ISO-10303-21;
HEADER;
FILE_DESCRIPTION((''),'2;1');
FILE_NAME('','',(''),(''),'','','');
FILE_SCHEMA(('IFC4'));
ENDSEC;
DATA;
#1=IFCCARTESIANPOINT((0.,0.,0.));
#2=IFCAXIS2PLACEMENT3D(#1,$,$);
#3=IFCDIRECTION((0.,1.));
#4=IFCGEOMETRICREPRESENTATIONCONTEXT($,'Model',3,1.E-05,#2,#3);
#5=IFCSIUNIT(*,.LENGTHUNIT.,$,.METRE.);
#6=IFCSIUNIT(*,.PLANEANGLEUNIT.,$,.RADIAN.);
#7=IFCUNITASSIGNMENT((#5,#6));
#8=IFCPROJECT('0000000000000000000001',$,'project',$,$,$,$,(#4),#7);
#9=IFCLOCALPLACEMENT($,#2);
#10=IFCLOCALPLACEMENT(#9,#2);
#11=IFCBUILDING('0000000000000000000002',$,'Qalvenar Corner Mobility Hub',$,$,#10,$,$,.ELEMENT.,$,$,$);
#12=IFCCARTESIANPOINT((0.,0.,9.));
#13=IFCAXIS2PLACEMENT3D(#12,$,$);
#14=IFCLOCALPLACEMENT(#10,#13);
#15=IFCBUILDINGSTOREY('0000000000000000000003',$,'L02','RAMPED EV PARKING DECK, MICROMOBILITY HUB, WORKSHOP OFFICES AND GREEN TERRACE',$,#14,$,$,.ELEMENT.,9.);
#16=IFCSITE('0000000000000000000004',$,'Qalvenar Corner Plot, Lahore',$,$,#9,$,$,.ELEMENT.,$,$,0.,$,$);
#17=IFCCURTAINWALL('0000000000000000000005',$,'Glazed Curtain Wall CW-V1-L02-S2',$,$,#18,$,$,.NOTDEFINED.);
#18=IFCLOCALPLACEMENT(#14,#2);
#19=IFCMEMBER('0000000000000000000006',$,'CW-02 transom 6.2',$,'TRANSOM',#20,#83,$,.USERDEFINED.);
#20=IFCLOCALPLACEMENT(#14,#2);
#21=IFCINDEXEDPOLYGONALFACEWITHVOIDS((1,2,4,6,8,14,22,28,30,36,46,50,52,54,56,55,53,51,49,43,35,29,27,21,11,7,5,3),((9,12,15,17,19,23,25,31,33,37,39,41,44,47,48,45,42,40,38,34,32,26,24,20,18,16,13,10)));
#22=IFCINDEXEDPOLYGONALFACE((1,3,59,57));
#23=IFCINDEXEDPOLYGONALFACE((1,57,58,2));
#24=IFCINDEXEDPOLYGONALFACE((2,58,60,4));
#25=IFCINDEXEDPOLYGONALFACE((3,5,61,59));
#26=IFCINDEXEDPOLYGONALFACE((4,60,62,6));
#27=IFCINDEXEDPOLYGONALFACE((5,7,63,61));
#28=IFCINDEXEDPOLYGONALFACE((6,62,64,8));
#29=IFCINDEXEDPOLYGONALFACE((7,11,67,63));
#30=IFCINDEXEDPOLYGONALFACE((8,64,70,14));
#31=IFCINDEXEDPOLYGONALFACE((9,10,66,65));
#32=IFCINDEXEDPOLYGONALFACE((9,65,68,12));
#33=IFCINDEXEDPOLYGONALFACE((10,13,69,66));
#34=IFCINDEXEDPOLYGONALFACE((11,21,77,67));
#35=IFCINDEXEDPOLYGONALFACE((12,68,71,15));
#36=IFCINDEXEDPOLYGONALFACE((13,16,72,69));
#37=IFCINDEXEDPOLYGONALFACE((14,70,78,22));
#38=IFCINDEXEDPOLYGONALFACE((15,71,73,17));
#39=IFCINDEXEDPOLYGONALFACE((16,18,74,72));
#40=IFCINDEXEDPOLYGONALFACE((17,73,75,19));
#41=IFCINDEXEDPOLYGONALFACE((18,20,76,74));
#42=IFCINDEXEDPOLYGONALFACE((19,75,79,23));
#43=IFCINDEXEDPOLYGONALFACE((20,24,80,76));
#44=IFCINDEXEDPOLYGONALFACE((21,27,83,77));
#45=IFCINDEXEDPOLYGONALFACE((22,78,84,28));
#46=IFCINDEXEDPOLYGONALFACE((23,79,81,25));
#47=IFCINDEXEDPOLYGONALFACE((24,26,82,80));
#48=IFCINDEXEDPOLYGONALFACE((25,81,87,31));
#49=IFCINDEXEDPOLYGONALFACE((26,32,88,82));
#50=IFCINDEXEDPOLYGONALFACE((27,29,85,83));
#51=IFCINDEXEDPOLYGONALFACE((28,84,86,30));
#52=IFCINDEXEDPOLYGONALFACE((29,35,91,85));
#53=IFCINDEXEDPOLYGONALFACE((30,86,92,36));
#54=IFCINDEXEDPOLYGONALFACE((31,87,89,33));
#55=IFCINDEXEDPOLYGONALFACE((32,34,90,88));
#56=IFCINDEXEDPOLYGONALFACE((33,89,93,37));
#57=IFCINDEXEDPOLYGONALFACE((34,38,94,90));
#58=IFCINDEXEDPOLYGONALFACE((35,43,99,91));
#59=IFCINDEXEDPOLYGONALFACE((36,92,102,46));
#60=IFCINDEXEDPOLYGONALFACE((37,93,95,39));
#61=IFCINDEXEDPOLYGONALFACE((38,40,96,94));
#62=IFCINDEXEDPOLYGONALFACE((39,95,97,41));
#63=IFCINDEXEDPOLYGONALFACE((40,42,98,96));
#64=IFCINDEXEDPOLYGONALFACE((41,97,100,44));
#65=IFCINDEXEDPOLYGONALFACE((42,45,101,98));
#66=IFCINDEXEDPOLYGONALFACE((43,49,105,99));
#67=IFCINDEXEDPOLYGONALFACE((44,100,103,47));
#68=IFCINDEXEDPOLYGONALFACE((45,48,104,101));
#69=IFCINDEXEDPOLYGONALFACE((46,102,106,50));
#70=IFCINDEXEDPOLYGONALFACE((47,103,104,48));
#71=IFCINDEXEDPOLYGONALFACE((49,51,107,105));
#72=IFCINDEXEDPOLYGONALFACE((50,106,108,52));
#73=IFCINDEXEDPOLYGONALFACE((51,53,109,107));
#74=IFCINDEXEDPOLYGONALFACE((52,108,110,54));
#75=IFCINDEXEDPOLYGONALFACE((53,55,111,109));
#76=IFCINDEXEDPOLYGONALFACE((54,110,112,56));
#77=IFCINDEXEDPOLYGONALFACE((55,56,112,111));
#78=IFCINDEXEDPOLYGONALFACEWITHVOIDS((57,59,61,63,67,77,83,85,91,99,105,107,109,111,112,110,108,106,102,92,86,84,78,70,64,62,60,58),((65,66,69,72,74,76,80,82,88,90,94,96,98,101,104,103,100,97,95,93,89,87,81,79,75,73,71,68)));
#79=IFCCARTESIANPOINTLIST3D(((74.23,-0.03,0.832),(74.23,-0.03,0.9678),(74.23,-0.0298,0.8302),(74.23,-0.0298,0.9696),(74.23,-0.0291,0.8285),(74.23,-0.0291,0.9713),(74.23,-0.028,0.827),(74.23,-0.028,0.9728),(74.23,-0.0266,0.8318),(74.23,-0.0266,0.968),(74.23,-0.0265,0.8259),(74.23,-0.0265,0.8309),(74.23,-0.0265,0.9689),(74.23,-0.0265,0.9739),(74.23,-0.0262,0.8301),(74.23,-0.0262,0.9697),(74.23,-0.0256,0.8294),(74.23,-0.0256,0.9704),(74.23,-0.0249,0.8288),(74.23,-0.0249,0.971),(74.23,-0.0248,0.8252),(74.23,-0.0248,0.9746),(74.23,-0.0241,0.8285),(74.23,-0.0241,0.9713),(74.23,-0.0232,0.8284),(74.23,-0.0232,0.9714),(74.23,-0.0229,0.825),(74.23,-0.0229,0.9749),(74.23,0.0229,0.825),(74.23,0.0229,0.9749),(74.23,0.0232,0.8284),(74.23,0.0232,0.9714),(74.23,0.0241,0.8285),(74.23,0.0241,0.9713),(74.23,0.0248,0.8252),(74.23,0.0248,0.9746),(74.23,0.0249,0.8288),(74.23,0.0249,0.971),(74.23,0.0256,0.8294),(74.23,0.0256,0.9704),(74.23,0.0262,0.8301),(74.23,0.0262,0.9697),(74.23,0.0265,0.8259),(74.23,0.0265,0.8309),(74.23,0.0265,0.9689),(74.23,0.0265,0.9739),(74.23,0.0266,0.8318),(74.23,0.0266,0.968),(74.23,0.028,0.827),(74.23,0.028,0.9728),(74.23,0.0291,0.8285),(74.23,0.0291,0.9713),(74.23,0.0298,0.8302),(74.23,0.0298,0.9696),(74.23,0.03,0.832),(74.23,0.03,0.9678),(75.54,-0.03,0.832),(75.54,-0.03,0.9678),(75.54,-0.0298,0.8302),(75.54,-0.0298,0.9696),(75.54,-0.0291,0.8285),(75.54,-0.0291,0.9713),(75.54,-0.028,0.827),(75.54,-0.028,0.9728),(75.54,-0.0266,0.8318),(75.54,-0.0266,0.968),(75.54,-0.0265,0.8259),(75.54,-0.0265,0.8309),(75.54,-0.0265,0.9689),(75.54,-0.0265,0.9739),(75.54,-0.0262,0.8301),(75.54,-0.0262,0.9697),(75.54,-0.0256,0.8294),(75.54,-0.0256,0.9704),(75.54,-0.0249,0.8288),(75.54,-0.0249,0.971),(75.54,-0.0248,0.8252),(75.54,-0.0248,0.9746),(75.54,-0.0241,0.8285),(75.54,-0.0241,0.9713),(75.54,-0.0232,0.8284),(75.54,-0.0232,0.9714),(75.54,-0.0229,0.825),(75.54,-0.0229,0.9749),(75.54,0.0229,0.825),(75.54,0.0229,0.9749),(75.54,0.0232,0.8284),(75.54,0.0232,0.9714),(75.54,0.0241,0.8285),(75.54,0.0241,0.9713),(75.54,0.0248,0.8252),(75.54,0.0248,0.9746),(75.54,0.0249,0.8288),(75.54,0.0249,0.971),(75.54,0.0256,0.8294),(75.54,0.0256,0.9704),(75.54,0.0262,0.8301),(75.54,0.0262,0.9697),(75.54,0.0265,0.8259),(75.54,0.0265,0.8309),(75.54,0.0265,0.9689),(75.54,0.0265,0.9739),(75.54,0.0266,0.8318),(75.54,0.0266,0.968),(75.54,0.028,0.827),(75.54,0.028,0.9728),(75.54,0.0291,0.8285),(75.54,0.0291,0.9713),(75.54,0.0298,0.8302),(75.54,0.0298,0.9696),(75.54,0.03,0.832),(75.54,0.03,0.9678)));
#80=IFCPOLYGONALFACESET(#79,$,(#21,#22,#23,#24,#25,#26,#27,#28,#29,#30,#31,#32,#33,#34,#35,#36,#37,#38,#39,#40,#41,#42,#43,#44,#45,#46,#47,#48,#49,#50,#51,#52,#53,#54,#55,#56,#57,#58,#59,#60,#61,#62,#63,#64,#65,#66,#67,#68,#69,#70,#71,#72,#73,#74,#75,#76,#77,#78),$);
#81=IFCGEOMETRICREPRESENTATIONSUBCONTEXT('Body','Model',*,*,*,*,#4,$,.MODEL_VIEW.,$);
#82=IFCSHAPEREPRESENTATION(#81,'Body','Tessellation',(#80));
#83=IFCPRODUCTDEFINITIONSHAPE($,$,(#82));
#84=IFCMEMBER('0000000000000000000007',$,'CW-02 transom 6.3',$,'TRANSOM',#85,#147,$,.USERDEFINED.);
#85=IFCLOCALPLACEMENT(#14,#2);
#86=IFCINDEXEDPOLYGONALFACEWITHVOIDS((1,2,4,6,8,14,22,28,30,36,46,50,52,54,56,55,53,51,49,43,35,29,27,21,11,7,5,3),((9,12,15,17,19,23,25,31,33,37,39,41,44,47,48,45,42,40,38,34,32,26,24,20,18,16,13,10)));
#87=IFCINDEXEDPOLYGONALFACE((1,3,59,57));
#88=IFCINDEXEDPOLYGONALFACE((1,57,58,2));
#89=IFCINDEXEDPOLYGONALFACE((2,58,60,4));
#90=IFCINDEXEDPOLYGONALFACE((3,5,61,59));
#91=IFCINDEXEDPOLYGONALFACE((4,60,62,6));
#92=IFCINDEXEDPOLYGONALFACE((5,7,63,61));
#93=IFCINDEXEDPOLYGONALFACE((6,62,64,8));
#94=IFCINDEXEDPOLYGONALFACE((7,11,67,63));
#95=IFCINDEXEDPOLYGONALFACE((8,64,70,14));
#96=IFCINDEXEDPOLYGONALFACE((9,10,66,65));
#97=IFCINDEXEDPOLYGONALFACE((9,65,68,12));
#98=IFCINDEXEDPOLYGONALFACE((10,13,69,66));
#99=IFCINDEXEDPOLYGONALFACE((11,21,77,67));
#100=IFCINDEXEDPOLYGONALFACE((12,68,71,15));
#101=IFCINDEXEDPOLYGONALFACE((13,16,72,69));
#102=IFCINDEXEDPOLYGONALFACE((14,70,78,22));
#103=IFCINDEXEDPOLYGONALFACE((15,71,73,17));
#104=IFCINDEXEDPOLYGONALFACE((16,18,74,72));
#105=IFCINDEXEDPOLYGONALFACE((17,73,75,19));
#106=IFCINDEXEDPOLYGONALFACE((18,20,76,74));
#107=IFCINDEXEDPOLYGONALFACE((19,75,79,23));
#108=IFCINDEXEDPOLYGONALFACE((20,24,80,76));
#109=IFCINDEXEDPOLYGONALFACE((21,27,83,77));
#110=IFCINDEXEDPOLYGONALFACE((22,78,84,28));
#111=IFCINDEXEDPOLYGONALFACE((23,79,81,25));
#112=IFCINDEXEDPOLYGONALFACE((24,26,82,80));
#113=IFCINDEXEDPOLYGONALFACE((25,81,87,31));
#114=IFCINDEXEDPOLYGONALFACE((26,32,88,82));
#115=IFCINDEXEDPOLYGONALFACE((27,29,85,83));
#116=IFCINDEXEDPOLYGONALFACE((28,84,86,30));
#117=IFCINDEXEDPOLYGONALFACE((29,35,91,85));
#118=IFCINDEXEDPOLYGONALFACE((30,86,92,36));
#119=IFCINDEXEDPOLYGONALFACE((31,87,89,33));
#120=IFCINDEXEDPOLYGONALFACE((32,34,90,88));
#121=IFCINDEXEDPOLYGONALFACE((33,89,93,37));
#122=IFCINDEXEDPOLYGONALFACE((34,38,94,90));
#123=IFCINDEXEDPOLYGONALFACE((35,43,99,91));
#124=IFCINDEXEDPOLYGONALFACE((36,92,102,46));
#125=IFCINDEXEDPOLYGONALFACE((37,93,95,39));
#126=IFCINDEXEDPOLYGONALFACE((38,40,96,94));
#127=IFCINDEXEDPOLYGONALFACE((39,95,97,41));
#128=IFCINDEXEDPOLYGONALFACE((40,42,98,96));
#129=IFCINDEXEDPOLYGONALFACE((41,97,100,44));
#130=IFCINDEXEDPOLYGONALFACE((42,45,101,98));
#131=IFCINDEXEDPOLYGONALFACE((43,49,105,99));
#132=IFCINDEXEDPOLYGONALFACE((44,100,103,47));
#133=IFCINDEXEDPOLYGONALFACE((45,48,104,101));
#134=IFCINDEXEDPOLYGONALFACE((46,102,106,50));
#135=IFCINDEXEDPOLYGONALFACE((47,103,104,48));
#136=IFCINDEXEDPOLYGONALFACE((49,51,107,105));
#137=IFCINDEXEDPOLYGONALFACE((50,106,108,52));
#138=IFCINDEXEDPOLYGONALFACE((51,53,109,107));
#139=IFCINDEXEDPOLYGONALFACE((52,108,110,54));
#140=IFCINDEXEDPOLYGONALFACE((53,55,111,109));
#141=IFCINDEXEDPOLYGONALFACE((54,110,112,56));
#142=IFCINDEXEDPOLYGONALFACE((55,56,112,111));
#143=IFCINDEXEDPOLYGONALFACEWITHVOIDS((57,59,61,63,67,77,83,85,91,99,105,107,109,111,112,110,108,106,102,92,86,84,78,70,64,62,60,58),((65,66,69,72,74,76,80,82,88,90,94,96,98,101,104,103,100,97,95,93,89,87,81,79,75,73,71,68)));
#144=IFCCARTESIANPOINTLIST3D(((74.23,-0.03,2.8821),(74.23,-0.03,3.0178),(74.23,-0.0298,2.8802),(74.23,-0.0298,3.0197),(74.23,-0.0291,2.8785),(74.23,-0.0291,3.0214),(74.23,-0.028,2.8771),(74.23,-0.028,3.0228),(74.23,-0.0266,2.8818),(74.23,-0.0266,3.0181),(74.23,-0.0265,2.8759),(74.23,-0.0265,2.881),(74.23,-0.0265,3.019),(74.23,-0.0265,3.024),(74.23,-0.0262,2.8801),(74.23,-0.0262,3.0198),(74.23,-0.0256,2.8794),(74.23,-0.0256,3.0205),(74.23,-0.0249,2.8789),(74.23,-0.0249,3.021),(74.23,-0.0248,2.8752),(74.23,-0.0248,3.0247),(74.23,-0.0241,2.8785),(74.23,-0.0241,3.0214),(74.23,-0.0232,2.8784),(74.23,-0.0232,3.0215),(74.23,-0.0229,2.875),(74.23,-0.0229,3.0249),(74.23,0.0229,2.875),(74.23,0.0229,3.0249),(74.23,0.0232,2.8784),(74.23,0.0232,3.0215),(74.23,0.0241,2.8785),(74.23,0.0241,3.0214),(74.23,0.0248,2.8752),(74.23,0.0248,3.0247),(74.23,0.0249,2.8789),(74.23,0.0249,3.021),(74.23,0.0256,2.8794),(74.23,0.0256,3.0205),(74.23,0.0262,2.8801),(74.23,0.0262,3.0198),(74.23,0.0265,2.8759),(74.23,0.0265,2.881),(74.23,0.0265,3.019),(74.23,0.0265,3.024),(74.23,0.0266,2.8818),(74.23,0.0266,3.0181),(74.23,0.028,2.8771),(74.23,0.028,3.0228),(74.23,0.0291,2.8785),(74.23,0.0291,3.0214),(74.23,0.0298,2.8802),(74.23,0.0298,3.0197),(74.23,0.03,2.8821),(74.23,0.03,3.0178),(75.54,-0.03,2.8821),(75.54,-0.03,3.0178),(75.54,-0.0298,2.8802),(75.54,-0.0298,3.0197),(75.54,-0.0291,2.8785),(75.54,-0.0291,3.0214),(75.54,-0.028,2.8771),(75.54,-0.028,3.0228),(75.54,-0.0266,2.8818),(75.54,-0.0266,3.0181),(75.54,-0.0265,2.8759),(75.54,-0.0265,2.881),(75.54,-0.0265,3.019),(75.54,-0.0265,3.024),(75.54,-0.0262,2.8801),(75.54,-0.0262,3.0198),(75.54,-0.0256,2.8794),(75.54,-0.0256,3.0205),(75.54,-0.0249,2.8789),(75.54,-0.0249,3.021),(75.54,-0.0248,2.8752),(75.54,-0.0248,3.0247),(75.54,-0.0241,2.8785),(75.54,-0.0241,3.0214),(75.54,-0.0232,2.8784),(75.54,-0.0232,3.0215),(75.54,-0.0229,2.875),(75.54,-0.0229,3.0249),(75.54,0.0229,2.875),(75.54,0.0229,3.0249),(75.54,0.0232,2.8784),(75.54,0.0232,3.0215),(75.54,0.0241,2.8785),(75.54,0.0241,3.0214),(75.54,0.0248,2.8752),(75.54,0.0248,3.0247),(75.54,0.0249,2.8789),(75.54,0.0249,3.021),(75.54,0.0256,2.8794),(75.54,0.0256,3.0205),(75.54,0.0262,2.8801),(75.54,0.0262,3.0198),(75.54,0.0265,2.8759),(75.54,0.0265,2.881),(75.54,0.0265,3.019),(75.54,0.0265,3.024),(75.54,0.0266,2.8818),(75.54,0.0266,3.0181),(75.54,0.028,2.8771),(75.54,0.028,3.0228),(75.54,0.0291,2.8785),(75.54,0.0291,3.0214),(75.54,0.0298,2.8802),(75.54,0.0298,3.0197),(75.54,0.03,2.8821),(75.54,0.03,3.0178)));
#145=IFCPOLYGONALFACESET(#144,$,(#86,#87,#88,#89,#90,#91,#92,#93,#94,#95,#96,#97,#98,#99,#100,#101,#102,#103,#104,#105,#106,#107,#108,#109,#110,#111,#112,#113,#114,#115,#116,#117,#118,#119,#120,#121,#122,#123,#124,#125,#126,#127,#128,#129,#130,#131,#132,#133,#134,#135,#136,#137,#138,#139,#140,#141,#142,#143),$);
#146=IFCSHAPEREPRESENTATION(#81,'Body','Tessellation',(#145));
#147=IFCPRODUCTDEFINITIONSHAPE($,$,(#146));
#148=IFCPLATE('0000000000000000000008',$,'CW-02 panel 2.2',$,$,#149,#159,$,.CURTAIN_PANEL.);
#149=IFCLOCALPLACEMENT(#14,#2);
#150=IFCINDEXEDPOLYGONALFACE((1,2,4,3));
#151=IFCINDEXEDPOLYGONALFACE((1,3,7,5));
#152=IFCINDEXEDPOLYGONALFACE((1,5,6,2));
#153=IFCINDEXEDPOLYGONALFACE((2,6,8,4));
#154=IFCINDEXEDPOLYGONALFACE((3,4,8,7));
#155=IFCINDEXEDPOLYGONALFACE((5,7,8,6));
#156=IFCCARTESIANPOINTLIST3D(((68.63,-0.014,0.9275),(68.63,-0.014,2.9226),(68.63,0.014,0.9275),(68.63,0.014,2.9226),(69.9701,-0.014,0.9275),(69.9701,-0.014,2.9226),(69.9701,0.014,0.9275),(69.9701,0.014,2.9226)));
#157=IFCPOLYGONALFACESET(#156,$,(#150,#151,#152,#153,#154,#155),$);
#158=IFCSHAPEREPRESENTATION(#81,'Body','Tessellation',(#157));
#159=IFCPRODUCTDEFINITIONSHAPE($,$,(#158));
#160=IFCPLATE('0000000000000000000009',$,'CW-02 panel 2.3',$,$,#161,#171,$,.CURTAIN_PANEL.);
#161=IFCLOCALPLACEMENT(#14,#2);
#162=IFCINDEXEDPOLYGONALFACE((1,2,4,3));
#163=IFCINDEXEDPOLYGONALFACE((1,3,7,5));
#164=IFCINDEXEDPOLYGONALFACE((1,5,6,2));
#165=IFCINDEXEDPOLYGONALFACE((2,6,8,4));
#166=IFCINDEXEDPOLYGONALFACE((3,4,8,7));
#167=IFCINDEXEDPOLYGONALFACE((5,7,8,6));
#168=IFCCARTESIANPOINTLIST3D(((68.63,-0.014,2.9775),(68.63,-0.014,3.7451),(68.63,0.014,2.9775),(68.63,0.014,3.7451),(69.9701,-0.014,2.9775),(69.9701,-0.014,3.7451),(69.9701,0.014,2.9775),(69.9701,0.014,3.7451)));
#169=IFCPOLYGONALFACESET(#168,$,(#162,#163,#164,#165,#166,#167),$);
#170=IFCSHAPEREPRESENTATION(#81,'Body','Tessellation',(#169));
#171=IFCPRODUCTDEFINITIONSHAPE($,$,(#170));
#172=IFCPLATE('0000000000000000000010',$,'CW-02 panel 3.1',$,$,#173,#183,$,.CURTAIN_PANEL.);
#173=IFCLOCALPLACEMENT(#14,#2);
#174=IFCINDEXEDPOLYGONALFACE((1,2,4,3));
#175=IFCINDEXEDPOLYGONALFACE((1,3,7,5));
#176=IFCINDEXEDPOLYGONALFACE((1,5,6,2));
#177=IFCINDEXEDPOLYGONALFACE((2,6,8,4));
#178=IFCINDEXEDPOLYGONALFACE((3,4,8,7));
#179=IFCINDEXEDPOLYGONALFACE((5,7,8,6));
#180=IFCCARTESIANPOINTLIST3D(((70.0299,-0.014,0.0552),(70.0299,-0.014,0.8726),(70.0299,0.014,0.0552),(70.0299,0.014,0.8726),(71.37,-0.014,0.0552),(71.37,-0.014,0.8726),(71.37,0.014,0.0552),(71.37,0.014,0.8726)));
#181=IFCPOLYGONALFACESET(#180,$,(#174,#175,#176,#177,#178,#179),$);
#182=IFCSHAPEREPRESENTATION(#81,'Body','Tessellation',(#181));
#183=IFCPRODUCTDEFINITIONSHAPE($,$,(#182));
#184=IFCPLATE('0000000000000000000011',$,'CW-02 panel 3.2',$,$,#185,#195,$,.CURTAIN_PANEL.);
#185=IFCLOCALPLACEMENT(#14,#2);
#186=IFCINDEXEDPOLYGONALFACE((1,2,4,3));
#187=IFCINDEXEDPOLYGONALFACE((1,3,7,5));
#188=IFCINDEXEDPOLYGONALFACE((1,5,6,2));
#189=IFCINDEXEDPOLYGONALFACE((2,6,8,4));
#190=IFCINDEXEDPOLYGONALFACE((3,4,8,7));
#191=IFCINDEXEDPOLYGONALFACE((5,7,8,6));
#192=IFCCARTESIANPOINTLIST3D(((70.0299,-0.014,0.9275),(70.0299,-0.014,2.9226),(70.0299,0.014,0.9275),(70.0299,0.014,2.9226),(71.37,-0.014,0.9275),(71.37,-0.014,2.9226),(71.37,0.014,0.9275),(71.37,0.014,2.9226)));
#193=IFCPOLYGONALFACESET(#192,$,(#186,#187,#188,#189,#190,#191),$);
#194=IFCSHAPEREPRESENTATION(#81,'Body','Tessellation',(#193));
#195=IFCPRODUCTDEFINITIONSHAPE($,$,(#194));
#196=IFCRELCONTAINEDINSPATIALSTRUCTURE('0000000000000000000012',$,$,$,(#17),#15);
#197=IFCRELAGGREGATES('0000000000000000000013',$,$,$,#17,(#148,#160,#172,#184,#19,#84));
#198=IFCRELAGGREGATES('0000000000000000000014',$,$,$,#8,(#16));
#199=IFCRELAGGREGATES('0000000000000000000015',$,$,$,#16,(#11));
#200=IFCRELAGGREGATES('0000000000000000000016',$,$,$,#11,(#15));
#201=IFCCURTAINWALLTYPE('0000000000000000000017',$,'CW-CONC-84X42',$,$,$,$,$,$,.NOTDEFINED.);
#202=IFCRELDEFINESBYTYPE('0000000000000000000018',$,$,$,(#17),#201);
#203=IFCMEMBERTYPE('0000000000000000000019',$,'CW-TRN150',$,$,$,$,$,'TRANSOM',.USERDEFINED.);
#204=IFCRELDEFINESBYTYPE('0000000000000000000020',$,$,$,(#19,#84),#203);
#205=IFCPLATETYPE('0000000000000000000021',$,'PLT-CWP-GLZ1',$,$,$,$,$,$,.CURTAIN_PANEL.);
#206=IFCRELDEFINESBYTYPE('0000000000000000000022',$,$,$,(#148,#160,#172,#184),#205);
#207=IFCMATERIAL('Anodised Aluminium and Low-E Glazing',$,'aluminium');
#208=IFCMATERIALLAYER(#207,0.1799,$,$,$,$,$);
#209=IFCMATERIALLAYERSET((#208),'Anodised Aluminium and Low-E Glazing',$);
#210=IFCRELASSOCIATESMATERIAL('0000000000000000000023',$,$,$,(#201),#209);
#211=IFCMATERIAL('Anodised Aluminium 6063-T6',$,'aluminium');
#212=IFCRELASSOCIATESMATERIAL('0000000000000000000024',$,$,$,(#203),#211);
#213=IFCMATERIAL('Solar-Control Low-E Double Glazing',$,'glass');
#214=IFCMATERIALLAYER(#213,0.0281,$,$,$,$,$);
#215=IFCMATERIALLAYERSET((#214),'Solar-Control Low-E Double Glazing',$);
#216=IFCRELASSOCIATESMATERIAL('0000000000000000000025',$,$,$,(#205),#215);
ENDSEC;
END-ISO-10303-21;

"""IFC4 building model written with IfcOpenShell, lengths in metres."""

from ifc_helpers import new_model, si_unit, direction, frame, origin, origin_2d, place, context, subcontext, project, spatial, rectangle, hollow_rectangle, extrude, material, layer, layer_set, material_profile, profile_set, type_object, element, aggregate, save


model = new_model("IFC4")

# Units and contexts
model_context = context("Model", 3, precision=1e-05, world=origin(), true_north=direction((0.0, 1.0)))
body_context = subcontext(model_context, "Body", "Model", "MODEL_VIEW")
ifc_project = project(units=[si_unit("LENGTHUNIT", "METRE"), si_unit("PLANEANGLEUNIT", "RADIAN")], contexts=[model_context])

# Site, building, storey
site_placement = place(None, origin())
site = spatial("IfcSite", under=ifc_project, at=site_placement, Name="Qalvenar Corner Plot, Lahore", CompositionType="ELEMENT", RefElevation=0.0)
building_placement = place(site_placement, origin())
building = spatial("IfcBuilding", under=site, at=building_placement, Name="Qalvenar Corner Mobility Hub", CompositionType="ELEMENT")
storey_placement = place(building_placement, frame((0.0, 0.0, 9.0)))
storey = spatial("IfcBuildingStorey", under=building, at=storey_placement, Name="L02", Description="RAMPED EV PARKING DECK, MICROMOBILITY HUB, WORKSHOP OFFICES AND GREEN TERRACE", CompositionType="ELEMENT", Elevation=9.0)

# Curtain wall, members, plates
ifc_material_1 = material(Name="Anodised Aluminium and Low-E Glazing", Category="aluminium")
ifc_layer_1 = layer(ifc_material_1, 0.1799)
ifc_layer_set_1 = layer_set([ifc_layer_1], Name="Anodised Aluminium and Low-E Glazing")
curtain_wall_type = type_object("IfcCurtainWallType", Name="CW-CONC-84X42", PredefinedType="NOTDEFINED", material=ifc_layer_set_1)
curtain_wall_placement = place(storey_placement, origin())
curtain_wall = element("IfcCurtainWall", 1, at=curtain_wall_placement, inside=storey, type_object=curtain_wall_type, Name="Glazed Curtain Wall CW-V1-L02-S2", PredefinedType="NOTDEFINED")
ifc_material_2 = material(Name="Anodised Aluminium 6063-T6", Category="aluminium")
ifc_material_profile_1 = material_profile(ifc_material_2, hollow_rectangle(XDim=0.0601, YDim=0.1499, WallThickness=0.0034, InnerFilletRadius=0.0034, OuterFilletRadius=0.0071, at=origin_2d()), Name="RHS150x60x3.5")
ifc_profile_set_1 = profile_set([ifc_material_profile_1], Name="Anodised Aluminium 6063-T6")
member_type_1 = type_object("IfcMemberType", Name="CW-TRN150", ElementType="TRANSOM", PredefinedType="USERDEFINED", material=ifc_profile_set_1)
member_1_placement = place(storey_placement, frame((74.23, 0.0, 0.8999), z_axis=(1.0, 0.0, 0.0), x_axis=(0.0, 1.0, 0.0)))
member_1 = element("IfcMember", 2, at=member_1_placement, type_object=member_type_1, Name="CW-02 transom 6.2", ObjectType="TRANSOM", PredefinedType="USERDEFINED", context=body_context, shape_type="SweptSolid", body=[
    extrude(hollow_rectangle(XDim=0.0601, YDim=0.1499, WallThickness=0.0034, InnerFilletRadius=0.0034, OuterFilletRadius=0.0071, at=origin_2d()), origin(), (0.0, 0.0, 1.0), 1.3101),
])
member_2_placement = place(storey_placement, frame((74.23, 0.0, 2.95), z_axis=(1.0, 0.0, 0.0), x_axis=(0.0, 1.0, 0.0)))
member_2 = element("IfcMember", 3, at=member_2_placement, type_object=member_type_1, Name="CW-02 transom 6.3", ObjectType="TRANSOM", PredefinedType="USERDEFINED", context=body_context, shape_type="SweptSolid", body=[
    extrude(hollow_rectangle(XDim=0.0601, YDim=0.1499, WallThickness=0.0034, InnerFilletRadius=0.0034, OuterFilletRadius=0.0071, at=origin_2d()), origin(), (0.0, 0.0, 1.0), 1.3101),
])
ifc_material_3 = material(Name="Solar-Control Low-E Double Glazing", Category="glass")
ifc_layer_2 = layer(ifc_material_3, 0.0281)
ifc_layer_set_2 = layer_set([ifc_layer_2], Name="Solar-Control Low-E Double Glazing")
plate_type = type_object("IfcPlateType", Name="PLT-CWP-GLZ1", PredefinedType="CURTAIN_PANEL", material=ifc_layer_set_2)
plate_1_placement = place(storey_placement, frame((69.3, 0.0, 0.9275), z_axis=(0.0, 0.0, 1.0), x_axis=(1.0, 0.0, 0.0)))
plate_1 = element("IfcPlate", 4, at=plate_1_placement, type_object=plate_type, Name="CW-02 panel 2.2", PredefinedType="CURTAIN_PANEL", context=body_context, shape_type="SweptSolid", body=[
    extrude(rectangle(XDim=1.3401, YDim=0.0281, at=origin_2d()), origin(), (0.0, 0.0, 1.0), 1.9951),
])
plate_2_placement = place(storey_placement, frame((69.3, 0.0, 2.9775), z_axis=(0.0, 0.0, 1.0), x_axis=(1.0, 0.0, 0.0)))
plate_2 = element("IfcPlate", 5, at=plate_2_placement, type_object=plate_type, Name="CW-02 panel 2.3", PredefinedType="CURTAIN_PANEL", context=body_context, shape_type="SweptSolid", body=[
    extrude(rectangle(XDim=1.3401, YDim=0.0281, at=origin_2d()), origin(), (0.0, 0.0, 1.0), 0.7676),
])
plate_3_placement = place(storey_placement, frame((70.7, 0.0, 0.0552), z_axis=(0.0, 0.0, 1.0), x_axis=(1.0, 0.0, 0.0)))
plate_3 = element("IfcPlate", 6, at=plate_3_placement, type_object=plate_type, Name="CW-02 panel 3.1", PredefinedType="CURTAIN_PANEL", context=body_context, shape_type="SweptSolid", body=[
    extrude(rectangle(XDim=1.3401, YDim=0.0281, at=origin_2d()), origin(), (0.0, 0.0, 1.0), 0.8174),
])
plate_4_placement = place(storey_placement, frame((70.7, 0.0, 0.9275), z_axis=(0.0, 0.0, 1.0), x_axis=(1.0, 0.0, 0.0)))
plate_4 = element("IfcPlate", 7, at=plate_4_placement, type_object=plate_type, Name="CW-02 panel 3.2", PredefinedType="CURTAIN_PANEL", context=body_context, shape_type="SweptSolid", body=[
    extrude(rectangle(XDim=1.3401, YDim=0.0281, at=origin_2d()), origin(), (0.0, 0.0, 1.0), 1.9951),
])
aggregate(curtain_wall, [plate_1, plate_2, plate_3, plate_4, member_1, member_2])

save(model, "model.ifc")
